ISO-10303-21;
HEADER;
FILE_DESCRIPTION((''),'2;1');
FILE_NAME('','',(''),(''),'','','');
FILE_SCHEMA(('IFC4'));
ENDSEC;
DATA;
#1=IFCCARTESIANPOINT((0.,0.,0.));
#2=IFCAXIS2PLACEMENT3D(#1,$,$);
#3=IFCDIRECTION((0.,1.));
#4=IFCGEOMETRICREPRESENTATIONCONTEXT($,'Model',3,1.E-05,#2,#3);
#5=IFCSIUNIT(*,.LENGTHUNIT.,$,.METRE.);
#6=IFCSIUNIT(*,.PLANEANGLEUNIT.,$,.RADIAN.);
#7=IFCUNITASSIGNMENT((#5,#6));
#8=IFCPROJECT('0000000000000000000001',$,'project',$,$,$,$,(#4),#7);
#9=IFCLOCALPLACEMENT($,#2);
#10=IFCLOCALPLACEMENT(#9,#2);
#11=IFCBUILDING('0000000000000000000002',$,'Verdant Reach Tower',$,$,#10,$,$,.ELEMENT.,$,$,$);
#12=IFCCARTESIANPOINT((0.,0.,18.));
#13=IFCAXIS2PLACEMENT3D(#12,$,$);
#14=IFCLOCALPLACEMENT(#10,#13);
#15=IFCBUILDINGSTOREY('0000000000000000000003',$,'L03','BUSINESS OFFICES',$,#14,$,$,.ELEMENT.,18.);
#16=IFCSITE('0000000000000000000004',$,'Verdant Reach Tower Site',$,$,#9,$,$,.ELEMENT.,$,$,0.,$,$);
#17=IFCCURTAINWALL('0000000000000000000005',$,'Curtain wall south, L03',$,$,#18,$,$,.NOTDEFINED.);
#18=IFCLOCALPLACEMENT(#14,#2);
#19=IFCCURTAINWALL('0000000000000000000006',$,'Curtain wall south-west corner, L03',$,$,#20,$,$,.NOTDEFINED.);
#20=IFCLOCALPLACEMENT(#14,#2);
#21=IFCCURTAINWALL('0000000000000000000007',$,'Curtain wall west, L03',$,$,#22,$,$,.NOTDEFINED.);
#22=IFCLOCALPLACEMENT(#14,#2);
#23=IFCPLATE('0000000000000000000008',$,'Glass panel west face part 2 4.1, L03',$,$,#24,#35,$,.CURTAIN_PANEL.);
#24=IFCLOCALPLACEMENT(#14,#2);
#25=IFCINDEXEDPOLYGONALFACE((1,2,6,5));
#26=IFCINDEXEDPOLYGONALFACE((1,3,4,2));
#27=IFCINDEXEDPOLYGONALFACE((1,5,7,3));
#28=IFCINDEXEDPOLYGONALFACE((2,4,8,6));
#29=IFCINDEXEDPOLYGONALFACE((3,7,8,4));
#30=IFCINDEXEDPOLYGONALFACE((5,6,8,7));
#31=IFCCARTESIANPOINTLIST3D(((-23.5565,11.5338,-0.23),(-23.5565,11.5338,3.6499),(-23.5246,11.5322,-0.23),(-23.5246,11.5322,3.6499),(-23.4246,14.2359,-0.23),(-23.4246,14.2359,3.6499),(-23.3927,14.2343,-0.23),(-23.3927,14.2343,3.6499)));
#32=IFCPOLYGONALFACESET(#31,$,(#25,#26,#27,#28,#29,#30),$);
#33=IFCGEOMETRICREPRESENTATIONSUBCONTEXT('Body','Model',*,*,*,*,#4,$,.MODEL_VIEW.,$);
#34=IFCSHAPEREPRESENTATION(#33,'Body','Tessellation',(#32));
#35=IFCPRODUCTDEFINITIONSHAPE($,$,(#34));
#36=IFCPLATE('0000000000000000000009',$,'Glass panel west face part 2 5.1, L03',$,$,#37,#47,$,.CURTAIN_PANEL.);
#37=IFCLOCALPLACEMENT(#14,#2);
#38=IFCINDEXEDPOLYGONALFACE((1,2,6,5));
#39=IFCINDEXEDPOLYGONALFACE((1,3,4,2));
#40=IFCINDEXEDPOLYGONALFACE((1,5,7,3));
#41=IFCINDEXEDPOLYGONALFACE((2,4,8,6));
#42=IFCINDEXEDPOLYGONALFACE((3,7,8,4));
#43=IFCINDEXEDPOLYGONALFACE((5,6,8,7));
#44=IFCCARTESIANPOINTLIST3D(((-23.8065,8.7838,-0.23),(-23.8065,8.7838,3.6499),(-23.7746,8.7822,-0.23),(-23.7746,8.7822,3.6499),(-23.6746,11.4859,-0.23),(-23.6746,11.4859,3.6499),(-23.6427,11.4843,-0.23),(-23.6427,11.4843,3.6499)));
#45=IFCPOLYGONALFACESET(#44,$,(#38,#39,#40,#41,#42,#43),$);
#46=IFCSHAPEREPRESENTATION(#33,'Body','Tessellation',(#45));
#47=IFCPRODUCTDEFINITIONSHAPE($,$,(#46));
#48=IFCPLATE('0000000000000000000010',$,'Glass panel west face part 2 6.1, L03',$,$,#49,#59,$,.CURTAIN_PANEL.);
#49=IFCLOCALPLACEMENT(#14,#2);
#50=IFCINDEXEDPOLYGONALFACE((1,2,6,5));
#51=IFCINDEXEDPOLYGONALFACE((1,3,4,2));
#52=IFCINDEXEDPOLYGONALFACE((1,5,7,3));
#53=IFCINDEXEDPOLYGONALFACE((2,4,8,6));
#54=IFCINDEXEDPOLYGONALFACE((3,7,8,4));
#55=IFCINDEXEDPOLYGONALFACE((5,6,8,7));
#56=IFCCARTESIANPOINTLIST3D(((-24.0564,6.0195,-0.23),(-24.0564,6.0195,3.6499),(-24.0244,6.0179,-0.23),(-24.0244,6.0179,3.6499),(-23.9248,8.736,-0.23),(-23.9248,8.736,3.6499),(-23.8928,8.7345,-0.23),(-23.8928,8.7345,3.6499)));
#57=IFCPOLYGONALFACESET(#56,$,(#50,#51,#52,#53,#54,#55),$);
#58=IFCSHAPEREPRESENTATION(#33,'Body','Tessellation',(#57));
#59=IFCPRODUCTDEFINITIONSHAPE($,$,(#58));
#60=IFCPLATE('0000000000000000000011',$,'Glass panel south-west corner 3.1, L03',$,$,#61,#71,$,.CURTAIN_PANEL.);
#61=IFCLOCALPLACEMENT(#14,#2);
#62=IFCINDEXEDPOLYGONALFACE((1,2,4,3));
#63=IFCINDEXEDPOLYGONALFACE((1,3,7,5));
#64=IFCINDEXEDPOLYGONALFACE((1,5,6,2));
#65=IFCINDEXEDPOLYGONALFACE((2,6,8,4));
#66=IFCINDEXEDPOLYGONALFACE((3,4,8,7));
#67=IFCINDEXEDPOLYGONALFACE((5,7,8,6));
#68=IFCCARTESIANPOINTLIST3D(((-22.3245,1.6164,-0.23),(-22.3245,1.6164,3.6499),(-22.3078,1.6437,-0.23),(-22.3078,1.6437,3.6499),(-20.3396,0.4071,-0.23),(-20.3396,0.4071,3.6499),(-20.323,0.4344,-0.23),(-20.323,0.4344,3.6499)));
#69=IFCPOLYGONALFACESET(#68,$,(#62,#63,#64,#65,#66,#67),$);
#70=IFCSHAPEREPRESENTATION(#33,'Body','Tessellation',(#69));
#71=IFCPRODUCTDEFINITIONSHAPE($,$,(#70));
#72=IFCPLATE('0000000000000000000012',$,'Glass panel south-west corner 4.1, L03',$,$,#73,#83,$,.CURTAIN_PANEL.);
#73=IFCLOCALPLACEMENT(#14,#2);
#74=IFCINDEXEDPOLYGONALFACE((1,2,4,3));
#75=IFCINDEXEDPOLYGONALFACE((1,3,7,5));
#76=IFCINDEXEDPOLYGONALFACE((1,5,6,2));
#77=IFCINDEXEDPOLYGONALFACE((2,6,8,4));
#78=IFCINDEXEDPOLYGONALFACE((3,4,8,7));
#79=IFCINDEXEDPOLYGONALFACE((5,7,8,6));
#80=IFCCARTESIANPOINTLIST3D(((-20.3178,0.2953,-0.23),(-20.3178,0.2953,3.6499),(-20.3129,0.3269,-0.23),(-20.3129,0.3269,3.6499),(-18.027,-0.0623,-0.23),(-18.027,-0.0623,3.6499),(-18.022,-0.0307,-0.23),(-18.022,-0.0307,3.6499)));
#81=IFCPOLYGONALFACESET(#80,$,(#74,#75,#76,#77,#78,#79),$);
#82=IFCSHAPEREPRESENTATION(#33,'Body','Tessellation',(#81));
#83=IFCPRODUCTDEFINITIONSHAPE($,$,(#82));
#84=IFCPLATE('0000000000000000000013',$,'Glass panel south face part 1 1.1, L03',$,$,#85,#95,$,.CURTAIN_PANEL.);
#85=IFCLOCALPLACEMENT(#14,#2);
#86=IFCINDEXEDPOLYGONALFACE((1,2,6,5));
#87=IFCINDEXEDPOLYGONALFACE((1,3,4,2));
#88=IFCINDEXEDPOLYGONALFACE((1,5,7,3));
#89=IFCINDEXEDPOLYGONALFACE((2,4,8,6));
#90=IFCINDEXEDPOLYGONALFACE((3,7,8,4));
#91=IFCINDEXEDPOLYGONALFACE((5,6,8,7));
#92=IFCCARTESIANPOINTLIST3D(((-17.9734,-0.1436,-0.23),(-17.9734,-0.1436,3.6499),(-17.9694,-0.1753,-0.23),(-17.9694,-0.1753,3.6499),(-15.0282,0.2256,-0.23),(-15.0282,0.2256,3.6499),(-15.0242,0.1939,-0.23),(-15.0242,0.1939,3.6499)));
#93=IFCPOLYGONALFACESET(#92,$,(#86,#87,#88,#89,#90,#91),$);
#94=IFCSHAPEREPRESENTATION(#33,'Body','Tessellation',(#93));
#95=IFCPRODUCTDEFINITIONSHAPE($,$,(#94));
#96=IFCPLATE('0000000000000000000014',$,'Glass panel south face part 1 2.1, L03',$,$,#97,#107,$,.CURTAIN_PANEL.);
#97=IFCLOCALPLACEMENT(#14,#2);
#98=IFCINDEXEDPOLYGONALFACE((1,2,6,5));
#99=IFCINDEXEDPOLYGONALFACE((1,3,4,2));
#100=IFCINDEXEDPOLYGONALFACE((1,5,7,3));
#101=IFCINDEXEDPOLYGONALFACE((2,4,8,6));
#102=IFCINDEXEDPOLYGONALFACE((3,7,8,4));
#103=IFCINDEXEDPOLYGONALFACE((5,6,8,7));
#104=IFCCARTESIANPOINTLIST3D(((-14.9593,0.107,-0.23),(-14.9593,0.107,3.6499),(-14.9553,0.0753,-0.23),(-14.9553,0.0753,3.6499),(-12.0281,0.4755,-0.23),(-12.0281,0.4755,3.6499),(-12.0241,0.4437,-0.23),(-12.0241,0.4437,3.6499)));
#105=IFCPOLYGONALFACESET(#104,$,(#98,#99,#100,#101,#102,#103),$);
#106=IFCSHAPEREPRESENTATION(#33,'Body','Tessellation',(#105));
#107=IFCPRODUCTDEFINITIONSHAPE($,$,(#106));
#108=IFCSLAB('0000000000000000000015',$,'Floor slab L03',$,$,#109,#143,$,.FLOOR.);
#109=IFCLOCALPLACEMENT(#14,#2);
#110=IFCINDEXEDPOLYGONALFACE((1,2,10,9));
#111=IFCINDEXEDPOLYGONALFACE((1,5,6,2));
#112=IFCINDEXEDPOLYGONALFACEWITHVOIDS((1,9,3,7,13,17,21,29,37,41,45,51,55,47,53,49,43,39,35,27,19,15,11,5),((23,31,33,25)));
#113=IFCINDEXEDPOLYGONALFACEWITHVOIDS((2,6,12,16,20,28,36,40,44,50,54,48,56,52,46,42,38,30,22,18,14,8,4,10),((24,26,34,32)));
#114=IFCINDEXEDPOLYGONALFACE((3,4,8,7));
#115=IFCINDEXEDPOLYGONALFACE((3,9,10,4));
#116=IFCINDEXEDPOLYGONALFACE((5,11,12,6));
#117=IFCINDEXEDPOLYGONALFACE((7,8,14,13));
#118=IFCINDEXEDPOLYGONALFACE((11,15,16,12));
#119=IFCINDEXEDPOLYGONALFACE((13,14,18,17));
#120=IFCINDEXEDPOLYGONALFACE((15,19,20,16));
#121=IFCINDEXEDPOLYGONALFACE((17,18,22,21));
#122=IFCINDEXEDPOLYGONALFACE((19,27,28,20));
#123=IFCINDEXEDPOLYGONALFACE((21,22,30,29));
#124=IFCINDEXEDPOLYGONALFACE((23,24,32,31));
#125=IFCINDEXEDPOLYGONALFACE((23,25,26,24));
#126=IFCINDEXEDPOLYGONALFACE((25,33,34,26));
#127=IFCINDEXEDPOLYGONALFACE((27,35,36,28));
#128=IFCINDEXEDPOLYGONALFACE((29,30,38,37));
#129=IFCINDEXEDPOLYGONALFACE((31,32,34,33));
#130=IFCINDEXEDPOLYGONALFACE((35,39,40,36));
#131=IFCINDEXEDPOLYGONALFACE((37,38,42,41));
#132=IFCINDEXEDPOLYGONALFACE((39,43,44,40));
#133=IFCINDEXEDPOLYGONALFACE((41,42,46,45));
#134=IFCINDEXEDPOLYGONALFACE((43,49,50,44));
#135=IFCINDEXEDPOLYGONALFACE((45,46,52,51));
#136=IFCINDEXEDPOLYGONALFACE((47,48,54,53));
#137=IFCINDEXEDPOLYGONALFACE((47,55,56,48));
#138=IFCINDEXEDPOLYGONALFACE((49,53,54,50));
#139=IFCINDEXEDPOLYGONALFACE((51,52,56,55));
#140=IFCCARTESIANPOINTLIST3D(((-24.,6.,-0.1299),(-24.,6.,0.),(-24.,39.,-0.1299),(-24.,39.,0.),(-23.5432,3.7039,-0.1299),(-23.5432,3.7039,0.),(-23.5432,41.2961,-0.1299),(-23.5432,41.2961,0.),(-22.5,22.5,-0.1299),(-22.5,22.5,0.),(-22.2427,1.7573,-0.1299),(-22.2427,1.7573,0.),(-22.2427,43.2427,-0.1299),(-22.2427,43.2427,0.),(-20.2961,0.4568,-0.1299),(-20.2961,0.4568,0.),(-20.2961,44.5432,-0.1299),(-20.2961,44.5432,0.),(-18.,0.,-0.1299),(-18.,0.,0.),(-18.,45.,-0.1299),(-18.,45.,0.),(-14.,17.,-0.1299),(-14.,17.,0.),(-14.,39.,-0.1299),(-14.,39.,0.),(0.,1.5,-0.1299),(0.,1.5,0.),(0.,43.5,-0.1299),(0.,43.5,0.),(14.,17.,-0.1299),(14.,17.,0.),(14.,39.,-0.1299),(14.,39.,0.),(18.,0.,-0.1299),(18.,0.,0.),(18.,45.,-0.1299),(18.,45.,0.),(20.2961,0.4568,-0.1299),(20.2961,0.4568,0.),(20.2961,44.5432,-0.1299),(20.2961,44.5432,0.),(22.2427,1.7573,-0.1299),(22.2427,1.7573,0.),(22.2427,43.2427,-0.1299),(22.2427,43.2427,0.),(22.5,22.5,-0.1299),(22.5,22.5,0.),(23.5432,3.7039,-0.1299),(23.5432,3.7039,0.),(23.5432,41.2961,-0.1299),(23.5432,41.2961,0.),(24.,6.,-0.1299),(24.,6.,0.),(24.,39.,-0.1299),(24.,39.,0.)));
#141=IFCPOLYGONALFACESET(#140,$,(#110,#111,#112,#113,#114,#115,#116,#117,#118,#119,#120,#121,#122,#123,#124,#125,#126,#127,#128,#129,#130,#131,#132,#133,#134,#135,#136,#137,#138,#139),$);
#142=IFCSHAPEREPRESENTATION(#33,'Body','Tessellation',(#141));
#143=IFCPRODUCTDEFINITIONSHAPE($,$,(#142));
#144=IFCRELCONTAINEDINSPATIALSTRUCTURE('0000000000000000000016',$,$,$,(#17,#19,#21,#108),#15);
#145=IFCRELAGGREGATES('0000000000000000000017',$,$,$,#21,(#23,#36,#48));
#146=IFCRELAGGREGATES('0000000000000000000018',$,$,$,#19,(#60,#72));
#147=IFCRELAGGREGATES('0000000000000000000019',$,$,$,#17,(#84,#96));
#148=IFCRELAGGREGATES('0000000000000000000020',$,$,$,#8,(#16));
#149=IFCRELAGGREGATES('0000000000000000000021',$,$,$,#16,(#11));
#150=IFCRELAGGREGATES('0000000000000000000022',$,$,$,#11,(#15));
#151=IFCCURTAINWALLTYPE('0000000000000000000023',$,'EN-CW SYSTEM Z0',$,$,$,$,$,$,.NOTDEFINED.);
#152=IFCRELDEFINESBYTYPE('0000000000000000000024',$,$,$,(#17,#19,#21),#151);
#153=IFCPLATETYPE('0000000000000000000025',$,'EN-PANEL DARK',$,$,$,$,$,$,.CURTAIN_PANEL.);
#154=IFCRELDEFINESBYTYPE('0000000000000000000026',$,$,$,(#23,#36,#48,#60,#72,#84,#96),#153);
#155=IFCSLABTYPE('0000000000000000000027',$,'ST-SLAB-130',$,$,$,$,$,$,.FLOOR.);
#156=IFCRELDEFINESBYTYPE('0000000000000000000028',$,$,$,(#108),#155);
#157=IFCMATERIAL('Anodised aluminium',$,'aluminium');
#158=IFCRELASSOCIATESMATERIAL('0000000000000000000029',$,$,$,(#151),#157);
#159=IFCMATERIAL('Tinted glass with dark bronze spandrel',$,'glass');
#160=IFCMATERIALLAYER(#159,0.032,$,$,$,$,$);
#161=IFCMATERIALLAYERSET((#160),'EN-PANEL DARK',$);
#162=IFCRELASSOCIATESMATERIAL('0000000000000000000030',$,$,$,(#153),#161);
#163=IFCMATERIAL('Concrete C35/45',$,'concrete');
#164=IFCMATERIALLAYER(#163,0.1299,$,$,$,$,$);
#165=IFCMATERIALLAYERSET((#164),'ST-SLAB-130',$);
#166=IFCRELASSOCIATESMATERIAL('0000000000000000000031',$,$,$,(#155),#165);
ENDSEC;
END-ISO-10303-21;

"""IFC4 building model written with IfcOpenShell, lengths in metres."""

from ifc_helpers import new_model, si_unit, direction, frame, origin, origin_2d, place, context, subcontext, project, spatial, polyline, rectangle, outline, extrude, material, layer, layer_set, type_object, element, aggregate, save


model = new_model("IFC4")

# Units and contexts
model_context = context("Model", 3, precision=1e-05, world=origin(), true_north=direction((0.0, 1.0)))
body_context = subcontext(model_context, "Body", "Model", "MODEL_VIEW")
ifc_project = project(units=[si_unit("LENGTHUNIT", "METRE"), si_unit("PLANEANGLEUNIT", "RADIAN")], contexts=[model_context])

# Site, building, storey
site_placement = place(None, origin())
site = spatial("IfcSite", under=ifc_project, at=site_placement, Name="Verdant Reach Tower Site", CompositionType="ELEMENT", RefElevation=0.0)
building_placement = place(site_placement, origin())
building = spatial("IfcBuilding", under=site, at=building_placement, Name="Verdant Reach Tower", CompositionType="ELEMENT")
storey_placement = place(building_placement, frame((0.0, 0.0, 18.0)))
storey = spatial("IfcBuildingStorey", under=building, at=storey_placement, Name="L03", Description="BUSINESS OFFICES", CompositionType="ELEMENT", Elevation=18.0)

# Curtain wall
ifc_material_1 = material(Name="Anodised aluminium", Category="aluminium")
curtain_wall_type = type_object("IfcCurtainWallType", Name="EN-CW SYSTEM Z0", PredefinedType="NOTDEFINED", material=ifc_material_1)
curtain_wall_1_placement = place(storey_placement, origin())
curtain_wall_1 = element("IfcCurtainWall", 1, at=curtain_wall_1_placement, inside=storey, type_object=curtain_wall_type, Name="Curtain wall south, L03", PredefinedType="NOTDEFINED")

# Curtain wall
curtain_wall_2_placement = place(storey_placement, origin())
curtain_wall_2 = element("IfcCurtainWall", 2, at=curtain_wall_2_placement, inside=storey, type_object=curtain_wall_type, Name="Curtain wall south-west corner, L03", PredefinedType="NOTDEFINED")

# Curtain wall, plates
curtain_wall_3_placement = place(storey_placement, origin())
curtain_wall_3 = element("IfcCurtainWall", 3, at=curtain_wall_3_placement, inside=storey, type_object=curtain_wall_type, Name="Curtain wall west, L03", PredefinedType="NOTDEFINED")
ifc_material_2 = material(Name="Tinted glass with dark bronze spandrel", Category="glass")
ifc_layer_1 = layer(ifc_material_2, 0.032)
ifc_layer_set_1 = layer_set([ifc_layer_1], Name="EN-PANEL DARK")
plate_type_1 = type_object("IfcPlateType", Name="EN-PANEL DARK", PredefinedType="CURTAIN_PANEL", material=ifc_layer_set_1)
plate_1_placement = place(storey_placement, frame((-23.4746, 12.884, -0.23), z_axis=(0.0, 0.0, 1.0), x_axis=(-0.048753, -0.998811, 0.0)))
plate_1 = element("IfcPlate", 4, at=plate_1_placement, type_object=plate_type_1, Name="Glass panel west face part 2 4.1, L03", PredefinedType="CURTAIN_PANEL", context=body_context, shape_type="SweptSolid", body=[
    extrude(rectangle(XDim=2.7053, YDim=0.032, at=origin_2d()), origin(), (0.0, 0.0, 1.0), 3.8799),
])
plate_2_placement = place(storey_placement, frame((-23.7246, 10.134, -0.23), z_axis=(0.0, 0.0, 1.0), x_axis=(-0.048753, -0.998811, 0.0)))
plate_2 = element("IfcPlate", 5, at=plate_2_placement, type_object=plate_type_1, Name="Glass panel west face part 2 5.1, L03", PredefinedType="CURTAIN_PANEL", context=body_context, shape_type="SweptSolid", body=[
    extrude(rectangle(XDim=2.7053, YDim=0.032, at=origin_2d()), origin(), (0.0, 0.0, 1.0), 3.8799),
])
plate_3_placement = place(storey_placement, frame((-23.9746, 7.377, -0.23), z_axis=(0.0, 0.0, 1.0), x_axis=(-0.048383, -0.998829, 0.0)))
plate_3 = element("IfcPlate", 6, at=plate_3_placement, type_object=plate_type_1, Name="Glass panel west face part 2 6.1, L03", PredefinedType="CURTAIN_PANEL", context=body_context, shape_type="SweptSolid", body=[
    extrude(rectangle(XDim=2.7197, YDim=0.032, at=origin_2d()), origin(), (0.0, 0.0, 1.0), 3.8799),
])
aggregate(curtain_wall_3, [plate_1, plate_2, plate_3])

# Plates
plate_4_placement = place(storey_placement, frame((-21.3237, 1.0254, -0.23), z_axis=(0.0, 0.0, 1.0), x_axis=(0.853989, -0.520292, 0.0)))
plate_4 = element("IfcPlate", 7, at=plate_4_placement, type_object=plate_type_1, Name="Glass panel south-west corner 3.1, L03", PredefinedType="CURTAIN_PANEL", context=body_context, shape_type="SweptSolid", body=[
    extrude(rectangle(XDim=2.3242, YDim=0.032, at=origin_2d()), origin(), (0.0, 0.0, 1.0), 3.8799),
])
plate_5_placement = place(storey_placement, frame((-19.1699, 0.1323, -0.23), z_axis=(0.0, 0.0, 1.0), x_axis=(0.988035, -0.154233, 0.0)))
plate_5 = element("IfcPlate", 8, at=plate_5_placement, type_object=plate_type_1, Name="Glass panel south-west corner 4.1, L03", PredefinedType="CURTAIN_PANEL", context=body_context, shape_type="SweptSolid", body=[
    extrude(rectangle(XDim=2.3186, YDim=0.032, at=origin_2d()), origin(), (0.0, 0.0, 1.0), 3.8799),
])
aggregate(curtain_wall_2, [plate_4, plate_5])
plate_6_placement = place(storey_placement, frame((-16.4988, 0.0251, -0.23), z_axis=(0.0, 0.0, 1.0), x_axis=(0.992234, 0.124384, 0.0)))
plate_6 = element("IfcPlate", 9, at=plate_6_placement, type_object=plate_type_1, Name="Glass panel south face part 1 1.1, L03", PredefinedType="CURTAIN_PANEL", context=body_context, shape_type="SweptSolid", body=[
    extrude(rectangle(XDim=2.9683, YDim=0.032, at=origin_2d()), origin(), (0.0, 0.0, 1.0), 3.8799),
])
plate_7_placement = place(storey_placement, frame((-13.4917, 0.2754, -0.23), z_axis=(0.0, 0.0, 1.0), x_axis=(0.992194, 0.124704, 0.0)))
plate_7 = element("IfcPlate", 10, at=plate_7_placement, type_object=plate_type_1, Name="Glass panel south face part 1 2.1, L03", PredefinedType="CURTAIN_PANEL", context=body_context, shape_type="SweptSolid", body=[
    extrude(rectangle(XDim=2.9543, YDim=0.032, at=origin_2d()), origin(), (0.0, 0.0, 1.0), 3.8799),
])
aggregate(curtain_wall_1, [plate_6, plate_7])

# Slab
ifc_material_3 = material(Name="Concrete C35/45", Category="concrete")
ifc_layer_2 = layer(ifc_material_3, 0.1299)
ifc_layer_set_2 = layer_set([ifc_layer_2], Name="ST-SLAB-130")
slab_type_1 = type_object("IfcSlabType", Name="ST-SLAB-130", PredefinedType="FLOOR", material=ifc_layer_set_2)
slab_1_placement = place(storey_placement, frame((0.0, 0.0, -0.1299)))
element("IfcSlab", 11, at=slab_1_placement, inside=storey, type_object=slab_type_1, Name="Floor slab L03", PredefinedType="FLOOR", context=body_context, shape_type="SweptSolid", body=[
    extrude(outline(polyline([(0.0, 1.5), (-18.0, 0.0), (-20.2961, 0.4568), (-22.2427, 1.7573), (-23.5432, 3.7039), (-24.0, 6.0), (-22.5, 22.5), (-24.0, 39.0), (-23.5432, 41.2961), (-22.2427, 43.2427), (-20.2961, 44.5432), (-18.0, 45.0), (0.0, 43.5), (18.0, 45.0), (20.2961, 44.5432), (22.2427, 43.2427), (23.5432, 41.2961), (24.0, 39.0), (22.5, 22.5), (24.0, 6.0), (23.5432, 3.7039), (22.2427, 1.7573), (20.2961, 0.4568), (18.0, 0.0), (0.0, 1.5)]), holes=[polyline([(14.0, 39.0), (-14.0, 39.0), (-14.0, 17.0), (14.0, 17.0), (14.0, 39.0)])]), origin(), (0.0, 0.0, 1.0), 0.1299),
])

save(model, "model.ifc")
